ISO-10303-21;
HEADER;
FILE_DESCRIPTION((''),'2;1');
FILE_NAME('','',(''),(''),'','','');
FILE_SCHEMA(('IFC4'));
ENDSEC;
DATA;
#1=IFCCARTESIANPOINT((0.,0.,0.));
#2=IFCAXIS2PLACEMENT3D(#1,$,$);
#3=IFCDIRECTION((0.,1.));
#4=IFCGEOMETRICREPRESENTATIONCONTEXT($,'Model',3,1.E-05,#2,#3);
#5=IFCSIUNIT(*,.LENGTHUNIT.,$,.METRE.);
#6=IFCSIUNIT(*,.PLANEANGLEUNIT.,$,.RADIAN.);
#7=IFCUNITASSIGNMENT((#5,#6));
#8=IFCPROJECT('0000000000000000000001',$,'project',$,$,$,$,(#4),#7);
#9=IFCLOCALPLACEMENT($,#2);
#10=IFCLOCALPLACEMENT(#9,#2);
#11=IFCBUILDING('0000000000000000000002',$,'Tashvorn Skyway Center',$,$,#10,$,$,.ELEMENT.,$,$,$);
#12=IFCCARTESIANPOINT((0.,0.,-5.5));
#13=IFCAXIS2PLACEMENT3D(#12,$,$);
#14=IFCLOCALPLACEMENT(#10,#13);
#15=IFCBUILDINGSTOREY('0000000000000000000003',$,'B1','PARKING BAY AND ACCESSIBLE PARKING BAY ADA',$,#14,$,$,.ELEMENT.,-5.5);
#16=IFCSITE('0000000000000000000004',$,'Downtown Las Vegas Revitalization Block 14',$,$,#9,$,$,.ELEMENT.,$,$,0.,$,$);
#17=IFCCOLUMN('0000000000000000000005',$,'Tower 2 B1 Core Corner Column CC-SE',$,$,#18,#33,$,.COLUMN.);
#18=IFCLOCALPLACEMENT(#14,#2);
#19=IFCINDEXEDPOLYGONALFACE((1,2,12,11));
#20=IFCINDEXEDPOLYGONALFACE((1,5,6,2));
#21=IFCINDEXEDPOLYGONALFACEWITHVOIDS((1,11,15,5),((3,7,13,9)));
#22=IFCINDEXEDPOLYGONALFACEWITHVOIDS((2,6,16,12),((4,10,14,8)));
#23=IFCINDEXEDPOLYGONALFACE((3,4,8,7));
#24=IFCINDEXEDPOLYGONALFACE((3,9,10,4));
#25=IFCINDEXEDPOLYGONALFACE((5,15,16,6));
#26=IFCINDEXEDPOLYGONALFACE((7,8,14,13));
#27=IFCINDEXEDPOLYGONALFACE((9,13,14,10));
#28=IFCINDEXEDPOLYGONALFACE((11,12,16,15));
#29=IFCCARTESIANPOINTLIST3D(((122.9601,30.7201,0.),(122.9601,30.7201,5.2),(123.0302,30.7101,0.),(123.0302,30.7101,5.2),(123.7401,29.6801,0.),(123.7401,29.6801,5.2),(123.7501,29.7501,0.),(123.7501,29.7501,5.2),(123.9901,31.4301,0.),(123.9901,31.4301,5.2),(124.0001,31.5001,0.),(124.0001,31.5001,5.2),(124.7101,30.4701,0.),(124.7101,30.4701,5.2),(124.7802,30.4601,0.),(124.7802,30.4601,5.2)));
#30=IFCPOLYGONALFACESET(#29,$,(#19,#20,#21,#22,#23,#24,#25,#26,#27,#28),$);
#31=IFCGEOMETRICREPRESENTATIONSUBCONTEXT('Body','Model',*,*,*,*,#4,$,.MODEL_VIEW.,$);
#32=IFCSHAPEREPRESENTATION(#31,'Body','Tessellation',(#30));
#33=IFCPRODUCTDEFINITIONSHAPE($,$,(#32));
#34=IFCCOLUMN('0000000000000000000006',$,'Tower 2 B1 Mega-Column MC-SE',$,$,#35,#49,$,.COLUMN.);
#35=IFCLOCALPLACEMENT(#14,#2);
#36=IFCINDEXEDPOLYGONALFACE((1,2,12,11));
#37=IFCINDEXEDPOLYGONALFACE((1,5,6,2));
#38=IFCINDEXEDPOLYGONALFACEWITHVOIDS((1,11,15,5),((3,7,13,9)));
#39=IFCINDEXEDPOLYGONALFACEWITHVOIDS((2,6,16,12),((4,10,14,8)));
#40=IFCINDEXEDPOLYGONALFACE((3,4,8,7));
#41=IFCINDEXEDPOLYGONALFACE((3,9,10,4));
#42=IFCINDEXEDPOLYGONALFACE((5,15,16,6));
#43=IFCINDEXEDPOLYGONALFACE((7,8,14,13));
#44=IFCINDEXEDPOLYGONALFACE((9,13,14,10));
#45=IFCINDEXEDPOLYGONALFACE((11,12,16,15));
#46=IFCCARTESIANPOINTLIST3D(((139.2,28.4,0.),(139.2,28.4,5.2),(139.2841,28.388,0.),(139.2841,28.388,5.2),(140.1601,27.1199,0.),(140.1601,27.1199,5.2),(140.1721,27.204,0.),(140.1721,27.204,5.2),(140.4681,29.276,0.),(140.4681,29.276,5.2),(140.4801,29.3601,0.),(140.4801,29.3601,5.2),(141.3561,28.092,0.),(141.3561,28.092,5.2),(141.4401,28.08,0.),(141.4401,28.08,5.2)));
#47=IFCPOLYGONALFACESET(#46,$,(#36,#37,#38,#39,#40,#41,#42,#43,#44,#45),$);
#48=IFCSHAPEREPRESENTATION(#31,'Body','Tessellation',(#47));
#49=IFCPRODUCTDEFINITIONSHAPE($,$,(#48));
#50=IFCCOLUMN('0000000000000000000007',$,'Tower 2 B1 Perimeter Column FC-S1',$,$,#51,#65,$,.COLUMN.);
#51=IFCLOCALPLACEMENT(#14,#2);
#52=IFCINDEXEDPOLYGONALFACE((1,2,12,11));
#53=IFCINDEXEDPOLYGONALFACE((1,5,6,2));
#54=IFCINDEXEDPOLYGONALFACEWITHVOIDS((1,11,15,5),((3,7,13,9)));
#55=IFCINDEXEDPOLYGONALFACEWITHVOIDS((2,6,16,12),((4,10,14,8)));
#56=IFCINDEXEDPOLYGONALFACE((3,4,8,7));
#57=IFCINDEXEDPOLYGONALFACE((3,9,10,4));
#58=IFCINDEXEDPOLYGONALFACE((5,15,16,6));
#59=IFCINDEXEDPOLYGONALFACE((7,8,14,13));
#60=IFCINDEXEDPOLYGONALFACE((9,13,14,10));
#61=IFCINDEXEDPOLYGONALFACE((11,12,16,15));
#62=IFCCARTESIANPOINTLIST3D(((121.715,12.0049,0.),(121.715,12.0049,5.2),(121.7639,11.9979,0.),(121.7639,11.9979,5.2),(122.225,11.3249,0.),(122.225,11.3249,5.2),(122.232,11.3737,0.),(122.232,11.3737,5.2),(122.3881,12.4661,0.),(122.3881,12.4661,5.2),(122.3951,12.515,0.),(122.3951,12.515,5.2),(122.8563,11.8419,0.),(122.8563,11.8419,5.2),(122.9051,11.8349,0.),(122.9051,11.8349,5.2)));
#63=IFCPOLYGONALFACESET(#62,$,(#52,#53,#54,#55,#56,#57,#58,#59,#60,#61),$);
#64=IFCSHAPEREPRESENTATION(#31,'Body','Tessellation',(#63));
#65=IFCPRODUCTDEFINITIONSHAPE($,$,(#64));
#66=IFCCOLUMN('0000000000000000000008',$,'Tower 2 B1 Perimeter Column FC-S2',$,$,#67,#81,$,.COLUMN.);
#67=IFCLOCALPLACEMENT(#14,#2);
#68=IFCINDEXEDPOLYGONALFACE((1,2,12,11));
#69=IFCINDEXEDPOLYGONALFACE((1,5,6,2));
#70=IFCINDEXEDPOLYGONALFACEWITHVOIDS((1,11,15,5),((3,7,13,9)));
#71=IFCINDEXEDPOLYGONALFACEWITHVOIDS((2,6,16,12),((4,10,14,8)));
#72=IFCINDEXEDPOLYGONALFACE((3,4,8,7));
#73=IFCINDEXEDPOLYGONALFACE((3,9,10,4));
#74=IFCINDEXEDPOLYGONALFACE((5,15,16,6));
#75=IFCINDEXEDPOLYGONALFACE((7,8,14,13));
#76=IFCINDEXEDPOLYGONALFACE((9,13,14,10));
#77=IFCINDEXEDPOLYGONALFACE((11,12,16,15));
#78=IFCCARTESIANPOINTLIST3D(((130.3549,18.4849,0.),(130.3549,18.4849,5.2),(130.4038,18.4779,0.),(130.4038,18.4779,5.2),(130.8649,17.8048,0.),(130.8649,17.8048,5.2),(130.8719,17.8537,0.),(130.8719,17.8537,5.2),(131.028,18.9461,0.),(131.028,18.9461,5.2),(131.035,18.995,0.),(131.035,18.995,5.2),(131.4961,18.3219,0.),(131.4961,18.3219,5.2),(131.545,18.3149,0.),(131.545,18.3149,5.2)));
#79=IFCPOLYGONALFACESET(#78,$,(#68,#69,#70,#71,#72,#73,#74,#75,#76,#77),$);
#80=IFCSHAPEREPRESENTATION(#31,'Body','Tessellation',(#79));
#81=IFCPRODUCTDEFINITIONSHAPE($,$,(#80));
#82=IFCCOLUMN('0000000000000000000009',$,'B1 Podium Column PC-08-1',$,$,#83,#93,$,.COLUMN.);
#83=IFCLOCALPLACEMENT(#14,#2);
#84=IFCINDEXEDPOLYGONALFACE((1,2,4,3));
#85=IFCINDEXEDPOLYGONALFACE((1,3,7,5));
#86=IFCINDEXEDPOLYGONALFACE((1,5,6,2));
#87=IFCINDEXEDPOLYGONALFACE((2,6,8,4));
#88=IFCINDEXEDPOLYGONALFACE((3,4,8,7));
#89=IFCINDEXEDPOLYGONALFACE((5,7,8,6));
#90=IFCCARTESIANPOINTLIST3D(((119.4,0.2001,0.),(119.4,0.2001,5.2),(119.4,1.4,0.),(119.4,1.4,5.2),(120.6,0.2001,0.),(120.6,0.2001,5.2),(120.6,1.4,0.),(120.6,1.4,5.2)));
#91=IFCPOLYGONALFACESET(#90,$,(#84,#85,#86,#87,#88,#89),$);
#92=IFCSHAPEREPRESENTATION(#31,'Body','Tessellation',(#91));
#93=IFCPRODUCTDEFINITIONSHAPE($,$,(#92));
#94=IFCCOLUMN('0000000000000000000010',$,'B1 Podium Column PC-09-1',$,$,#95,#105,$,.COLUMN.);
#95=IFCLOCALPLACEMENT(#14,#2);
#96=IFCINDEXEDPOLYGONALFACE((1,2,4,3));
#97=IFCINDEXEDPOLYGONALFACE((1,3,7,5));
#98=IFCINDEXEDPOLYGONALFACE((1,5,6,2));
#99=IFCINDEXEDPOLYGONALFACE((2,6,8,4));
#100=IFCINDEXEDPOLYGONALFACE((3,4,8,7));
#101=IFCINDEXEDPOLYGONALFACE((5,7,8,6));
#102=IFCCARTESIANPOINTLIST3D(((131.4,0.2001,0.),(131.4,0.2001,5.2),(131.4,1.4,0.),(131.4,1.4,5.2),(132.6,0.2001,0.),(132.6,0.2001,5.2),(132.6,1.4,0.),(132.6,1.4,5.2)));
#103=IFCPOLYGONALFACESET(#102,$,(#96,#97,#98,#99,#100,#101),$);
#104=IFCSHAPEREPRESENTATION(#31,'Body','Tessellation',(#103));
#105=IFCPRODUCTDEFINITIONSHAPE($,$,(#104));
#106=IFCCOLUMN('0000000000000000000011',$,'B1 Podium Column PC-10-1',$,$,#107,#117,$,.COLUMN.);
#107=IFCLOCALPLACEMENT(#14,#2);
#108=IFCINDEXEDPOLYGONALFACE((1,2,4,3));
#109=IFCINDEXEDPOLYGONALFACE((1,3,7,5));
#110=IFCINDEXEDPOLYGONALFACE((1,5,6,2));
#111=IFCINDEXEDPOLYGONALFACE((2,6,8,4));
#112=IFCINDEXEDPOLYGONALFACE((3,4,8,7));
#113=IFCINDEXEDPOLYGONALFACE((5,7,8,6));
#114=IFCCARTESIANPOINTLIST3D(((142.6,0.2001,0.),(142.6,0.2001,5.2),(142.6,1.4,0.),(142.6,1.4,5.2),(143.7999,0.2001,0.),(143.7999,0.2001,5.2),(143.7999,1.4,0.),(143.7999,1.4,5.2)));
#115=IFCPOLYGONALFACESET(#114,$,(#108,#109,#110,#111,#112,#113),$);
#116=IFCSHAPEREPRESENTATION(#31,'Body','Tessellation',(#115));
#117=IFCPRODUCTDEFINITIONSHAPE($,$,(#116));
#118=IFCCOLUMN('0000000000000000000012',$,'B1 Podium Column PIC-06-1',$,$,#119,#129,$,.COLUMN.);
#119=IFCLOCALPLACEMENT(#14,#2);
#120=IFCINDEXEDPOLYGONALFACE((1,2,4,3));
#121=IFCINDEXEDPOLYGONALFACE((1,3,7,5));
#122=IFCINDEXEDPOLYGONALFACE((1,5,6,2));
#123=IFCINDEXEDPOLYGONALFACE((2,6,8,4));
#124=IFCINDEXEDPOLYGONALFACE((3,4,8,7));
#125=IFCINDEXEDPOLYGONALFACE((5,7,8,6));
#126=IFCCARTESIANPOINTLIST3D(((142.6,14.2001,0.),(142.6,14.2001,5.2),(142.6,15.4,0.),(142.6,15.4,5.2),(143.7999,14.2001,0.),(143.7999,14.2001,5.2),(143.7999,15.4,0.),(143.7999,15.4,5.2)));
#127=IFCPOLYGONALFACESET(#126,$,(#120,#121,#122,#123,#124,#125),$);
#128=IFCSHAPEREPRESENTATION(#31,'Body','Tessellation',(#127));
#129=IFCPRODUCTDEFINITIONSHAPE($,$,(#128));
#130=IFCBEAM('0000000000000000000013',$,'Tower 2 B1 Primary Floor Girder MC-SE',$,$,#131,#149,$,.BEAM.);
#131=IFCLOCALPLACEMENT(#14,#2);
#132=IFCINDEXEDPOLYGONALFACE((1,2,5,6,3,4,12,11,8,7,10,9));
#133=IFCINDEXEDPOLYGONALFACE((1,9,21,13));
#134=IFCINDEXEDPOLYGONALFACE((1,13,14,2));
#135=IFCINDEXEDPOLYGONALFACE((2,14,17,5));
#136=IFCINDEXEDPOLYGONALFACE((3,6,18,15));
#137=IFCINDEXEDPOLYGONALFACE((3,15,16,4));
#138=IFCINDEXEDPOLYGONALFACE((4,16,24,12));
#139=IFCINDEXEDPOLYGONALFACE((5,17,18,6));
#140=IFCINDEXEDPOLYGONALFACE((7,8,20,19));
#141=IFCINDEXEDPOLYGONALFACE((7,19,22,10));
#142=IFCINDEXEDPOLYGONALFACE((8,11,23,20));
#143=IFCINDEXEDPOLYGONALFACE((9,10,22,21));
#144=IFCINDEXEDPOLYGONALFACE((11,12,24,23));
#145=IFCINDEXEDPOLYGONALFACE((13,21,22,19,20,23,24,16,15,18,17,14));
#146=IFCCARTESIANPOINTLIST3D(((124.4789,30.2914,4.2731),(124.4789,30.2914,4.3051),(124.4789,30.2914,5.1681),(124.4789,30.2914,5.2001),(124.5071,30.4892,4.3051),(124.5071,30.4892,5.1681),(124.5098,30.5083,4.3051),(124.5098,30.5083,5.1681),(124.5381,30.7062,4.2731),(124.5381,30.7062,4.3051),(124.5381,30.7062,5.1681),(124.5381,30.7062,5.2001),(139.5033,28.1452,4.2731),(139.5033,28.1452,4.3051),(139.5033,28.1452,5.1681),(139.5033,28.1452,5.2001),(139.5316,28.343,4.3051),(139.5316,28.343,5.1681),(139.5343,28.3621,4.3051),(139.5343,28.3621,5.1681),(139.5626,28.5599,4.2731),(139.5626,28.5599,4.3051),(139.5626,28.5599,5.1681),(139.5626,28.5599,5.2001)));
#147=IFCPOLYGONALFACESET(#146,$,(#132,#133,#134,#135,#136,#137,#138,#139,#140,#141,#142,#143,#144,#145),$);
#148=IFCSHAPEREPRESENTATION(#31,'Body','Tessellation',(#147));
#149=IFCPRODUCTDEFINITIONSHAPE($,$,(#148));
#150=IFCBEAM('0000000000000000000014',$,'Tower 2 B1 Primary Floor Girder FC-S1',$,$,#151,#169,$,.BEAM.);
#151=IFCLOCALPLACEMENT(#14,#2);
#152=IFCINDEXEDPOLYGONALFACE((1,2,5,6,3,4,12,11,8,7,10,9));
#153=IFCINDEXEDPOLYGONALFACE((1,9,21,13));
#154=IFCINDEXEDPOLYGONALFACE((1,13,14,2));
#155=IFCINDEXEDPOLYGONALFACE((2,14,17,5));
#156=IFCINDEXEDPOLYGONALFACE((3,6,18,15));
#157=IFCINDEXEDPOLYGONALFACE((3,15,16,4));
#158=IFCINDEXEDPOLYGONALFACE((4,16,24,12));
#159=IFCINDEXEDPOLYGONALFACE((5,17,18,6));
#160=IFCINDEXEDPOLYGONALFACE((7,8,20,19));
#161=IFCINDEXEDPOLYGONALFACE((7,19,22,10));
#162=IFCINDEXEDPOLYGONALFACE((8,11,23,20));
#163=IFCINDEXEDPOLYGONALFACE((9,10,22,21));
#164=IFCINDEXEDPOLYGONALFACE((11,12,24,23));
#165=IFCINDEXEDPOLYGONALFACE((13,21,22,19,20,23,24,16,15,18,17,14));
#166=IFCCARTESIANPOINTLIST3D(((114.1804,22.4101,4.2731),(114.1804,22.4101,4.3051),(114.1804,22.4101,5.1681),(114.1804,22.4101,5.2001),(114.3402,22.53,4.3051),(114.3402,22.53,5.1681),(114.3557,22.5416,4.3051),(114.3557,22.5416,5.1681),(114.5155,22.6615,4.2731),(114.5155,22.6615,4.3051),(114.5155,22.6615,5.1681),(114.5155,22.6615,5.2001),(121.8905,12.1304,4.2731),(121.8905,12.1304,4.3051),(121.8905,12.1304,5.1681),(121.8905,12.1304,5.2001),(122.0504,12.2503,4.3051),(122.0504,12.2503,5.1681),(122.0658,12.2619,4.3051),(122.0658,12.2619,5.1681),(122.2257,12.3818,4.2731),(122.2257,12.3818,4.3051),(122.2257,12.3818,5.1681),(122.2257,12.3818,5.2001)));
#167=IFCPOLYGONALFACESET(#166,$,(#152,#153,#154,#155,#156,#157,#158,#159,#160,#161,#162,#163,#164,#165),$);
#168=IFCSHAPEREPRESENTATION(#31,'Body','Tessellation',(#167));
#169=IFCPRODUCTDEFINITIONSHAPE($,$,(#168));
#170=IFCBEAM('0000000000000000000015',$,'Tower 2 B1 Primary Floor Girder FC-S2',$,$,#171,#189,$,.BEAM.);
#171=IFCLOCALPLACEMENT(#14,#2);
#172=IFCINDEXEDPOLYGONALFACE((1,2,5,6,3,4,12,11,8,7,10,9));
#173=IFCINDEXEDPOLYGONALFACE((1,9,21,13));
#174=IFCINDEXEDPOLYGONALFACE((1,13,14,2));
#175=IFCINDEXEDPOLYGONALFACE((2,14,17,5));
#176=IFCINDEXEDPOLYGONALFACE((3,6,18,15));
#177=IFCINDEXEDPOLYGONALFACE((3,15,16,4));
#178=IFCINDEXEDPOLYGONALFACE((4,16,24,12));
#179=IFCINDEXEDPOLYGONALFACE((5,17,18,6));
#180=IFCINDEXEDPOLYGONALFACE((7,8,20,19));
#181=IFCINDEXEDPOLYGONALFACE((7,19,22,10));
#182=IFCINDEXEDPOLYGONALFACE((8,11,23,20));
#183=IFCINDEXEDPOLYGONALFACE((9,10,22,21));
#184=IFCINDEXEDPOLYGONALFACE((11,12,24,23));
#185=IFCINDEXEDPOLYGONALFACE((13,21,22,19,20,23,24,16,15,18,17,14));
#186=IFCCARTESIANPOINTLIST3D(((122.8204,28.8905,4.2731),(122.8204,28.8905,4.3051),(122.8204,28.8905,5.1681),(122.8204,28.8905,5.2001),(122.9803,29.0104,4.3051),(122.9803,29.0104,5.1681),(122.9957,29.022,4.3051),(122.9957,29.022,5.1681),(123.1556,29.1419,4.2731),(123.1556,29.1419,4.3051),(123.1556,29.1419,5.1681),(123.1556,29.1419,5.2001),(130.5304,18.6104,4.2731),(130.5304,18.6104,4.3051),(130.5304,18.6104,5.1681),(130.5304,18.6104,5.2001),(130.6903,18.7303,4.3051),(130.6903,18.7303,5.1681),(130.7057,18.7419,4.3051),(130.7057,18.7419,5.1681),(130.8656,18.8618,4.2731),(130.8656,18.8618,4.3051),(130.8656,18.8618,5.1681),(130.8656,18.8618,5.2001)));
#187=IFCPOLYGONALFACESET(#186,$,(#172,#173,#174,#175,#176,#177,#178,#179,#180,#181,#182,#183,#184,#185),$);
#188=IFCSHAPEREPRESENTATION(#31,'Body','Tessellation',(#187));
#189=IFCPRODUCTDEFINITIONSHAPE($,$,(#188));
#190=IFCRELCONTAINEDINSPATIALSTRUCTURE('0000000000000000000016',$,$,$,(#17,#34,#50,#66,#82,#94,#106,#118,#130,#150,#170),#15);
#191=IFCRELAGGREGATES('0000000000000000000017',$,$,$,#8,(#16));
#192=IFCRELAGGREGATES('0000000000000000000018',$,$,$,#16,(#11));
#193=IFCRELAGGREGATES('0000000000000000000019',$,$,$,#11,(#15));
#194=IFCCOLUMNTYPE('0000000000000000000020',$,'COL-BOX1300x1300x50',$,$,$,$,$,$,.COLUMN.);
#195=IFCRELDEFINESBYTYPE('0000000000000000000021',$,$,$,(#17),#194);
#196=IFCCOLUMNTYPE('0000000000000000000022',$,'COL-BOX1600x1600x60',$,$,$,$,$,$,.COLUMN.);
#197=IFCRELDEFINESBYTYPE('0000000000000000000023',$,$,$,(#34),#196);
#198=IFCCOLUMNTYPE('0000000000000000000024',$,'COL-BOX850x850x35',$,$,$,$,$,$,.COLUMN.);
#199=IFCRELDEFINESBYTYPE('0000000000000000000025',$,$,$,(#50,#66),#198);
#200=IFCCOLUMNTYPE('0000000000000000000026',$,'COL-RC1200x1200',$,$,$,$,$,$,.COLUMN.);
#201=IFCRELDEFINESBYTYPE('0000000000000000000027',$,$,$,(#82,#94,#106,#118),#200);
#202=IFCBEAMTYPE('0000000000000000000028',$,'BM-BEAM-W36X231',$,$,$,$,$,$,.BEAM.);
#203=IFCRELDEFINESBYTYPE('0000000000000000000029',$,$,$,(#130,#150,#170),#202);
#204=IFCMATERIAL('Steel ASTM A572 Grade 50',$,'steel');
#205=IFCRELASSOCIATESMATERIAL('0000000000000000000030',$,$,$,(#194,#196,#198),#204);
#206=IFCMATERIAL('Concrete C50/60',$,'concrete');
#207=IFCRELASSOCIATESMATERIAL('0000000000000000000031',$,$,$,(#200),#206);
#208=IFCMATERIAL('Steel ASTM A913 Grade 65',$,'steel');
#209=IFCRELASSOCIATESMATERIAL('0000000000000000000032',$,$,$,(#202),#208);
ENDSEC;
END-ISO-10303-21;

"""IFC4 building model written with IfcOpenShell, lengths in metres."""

from ifc_helpers import new_model, si_unit, direction, frame, origin, origin_2d, place, context, subcontext, project, spatial, rectangle, hollow_rectangle, i_section, extrude, material, material_profile, profile_set, type_object, element, save


model = new_model("IFC4")

# Units and contexts
model_context = context("Model", 3, precision=1e-05, world=origin(), true_north=direction((0.0, 1.0)))
body_context = subcontext(model_context, "Body", "Model", "MODEL_VIEW")
ifc_project = project(units=[si_unit("LENGTHUNIT", "METRE"), si_unit("PLANEANGLEUNIT", "RADIAN")], contexts=[model_context])

# Site, building, storey
site_placement = place(None, origin())
site = spatial("IfcSite", under=ifc_project, at=site_placement, Name="Downtown Las Vegas Revitalization Block 14", CompositionType="ELEMENT", RefElevation=0.0)
building_placement = place(site_placement, origin())
building = spatial("IfcBuilding", under=site, at=building_placement, Name="Tashvorn Skyway Center", CompositionType="ELEMENT")
storey_placement = place(building_placement, frame((0.0, 0.0, -5.5)))
storey = spatial("IfcBuildingStorey", under=building, at=storey_placement, Name="B1", Description="PARKING BAY AND ACCESSIBLE PARKING BAY ADA", CompositionType="ELEMENT", Elevation=-5.5)

# Columns
ifc_material_1 = material(Name="Steel ASTM A572 Grade 50", Category="steel")
ifc_material_profile_1 = material_profile(ifc_material_1, hollow_rectangle(XDim=1.3, YDim=1.3, WallThickness=0.05, at=origin_2d()), Name="BOX1300x1300x50")
ifc_profile_set_1 = profile_set([ifc_material_profile_1], Name="Steel ASTM A572 Grade 50")
column_type_1 = type_object("IfcColumnType", Name="COL-BOX1300x1300x50", PredefinedType="COLUMN", material=ifc_profile_set_1)
column_1_placement = place(storey_placement, frame((123.8701, 30.5901, 0.0), z_axis=(0.0, 0.0, 1.0), x_axis=(0.8, 0.6, 0.0)))
element("IfcColumn", 1, at=column_1_placement, inside=storey, type_object=column_type_1, Name="Tower 2 B1 Core Corner Column CC-SE", PredefinedType="COLUMN", context=body_context, shape_type="SweptSolid", body=[
    extrude(hollow_rectangle(XDim=1.3, YDim=1.3, WallThickness=0.05, at=origin_2d()), origin(), (0.0, 0.0, 1.0), 5.2),
])
ifc_material_profile_2 = material_profile(ifc_material_1, hollow_rectangle(XDim=1.6001, YDim=1.6001, WallThickness=0.0601, at=origin_2d()), Name="BOX1600x1600x60")
ifc_profile_set_2 = profile_set([ifc_material_profile_2], Name="Steel ASTM A572 Grade 50")
column_type_2 = type_object("IfcColumnType", Name="COL-BOX1600x1600x60", PredefinedType="COLUMN", material=ifc_profile_set_2)
column_2_placement = place(storey_placement, frame((140.3201, 28.24, 0.0), z_axis=(0.0, 0.0, 1.0), x_axis=(0.8, 0.6, 0.0)))
element("IfcColumn", 2, at=column_2_placement, inside=storey, type_object=column_type_2, Name="Tower 2 B1 Mega-Column MC-SE", PredefinedType="COLUMN", context=body_context, shape_type="SweptSolid", body=[
    extrude(hollow_rectangle(XDim=1.6001, YDim=1.6001, WallThickness=0.0601, at=origin_2d()), origin(), (0.0, 0.0, 1.0), 5.2),
])
ifc_material_profile_3 = material_profile(ifc_material_1, hollow_rectangle(XDim=0.8501, YDim=0.8501, WallThickness=0.0349, at=origin_2d()), Name="BOX850x850x35")
ifc_profile_set_3 = profile_set([ifc_material_profile_3], Name="Steel ASTM A572 Grade 50")
column_type_3 = type_object("IfcColumnType", Name="COL-BOX850x850x35", PredefinedType="COLUMN", material=ifc_profile_set_3)
for number, where, z_axis, x_axis, name in (
    (3, (122.3101, 11.9199, 0.0), (0.0, 0.0, 1.0), (0.8, 0.6, 0.0), "Tower 2 B1 Perimeter Column FC-S1"),
    (4, (130.95, 18.3999, 0.0), (0.0, 0.0, 1.0), (0.8, 0.6, 0.0), "Tower 2 B1 Perimeter Column FC-S2"),
):
    element("IfcColumn", number, at=place(storey_placement, frame(where, z_axis=z_axis, x_axis=x_axis)), inside=storey, type_object=column_type_3, Name=name, PredefinedType="COLUMN", context=body_context, shape_type="SweptSolid", body=[
        extrude(hollow_rectangle(XDim=0.8501, YDim=0.8501, WallThickness=0.0349, at=origin_2d()), origin(), (0.0, 0.0, 1.0), 5.2),
    ])
ifc_material_2 = material(Name="Concrete C50/60", Category="concrete")
ifc_material_profile_4 = material_profile(ifc_material_2, rectangle(XDim=1.2, YDim=1.2, at=origin_2d()), Name="RC1200x1200")
ifc_profile_set_4 = profile_set([ifc_material_profile_4], Name="Concrete C50/60")
column_type_4 = type_object("IfcColumnType", Name="COL-RC1200x1200", PredefinedType="COLUMN", material=ifc_profile_set_4)
for number, where, z_axis, x_axis, name in (
    (5, (120.0, 0.8, 0.0), (0.0, 0.0, 1.0), (1.0, 0.0, 0.0), "B1 Podium Column PC-08-1"),
    (6, (132.0, 0.8, 0.0), (0.0, 0.0, 1.0), (1.0, 0.0, 0.0), "B1 Podium Column PC-09-1"),
    (7, (143.2, 0.8, 0.0), (0.0, 0.0, 1.0), (1.0, 0.0, 0.0), "B1 Podium Column PC-10-1"),
    (8, (143.2, 14.8, 0.0), (0.0, 0.0, 1.0), (1.0, 0.0, 0.0), "B1 Podium Column PIC-06-1"),
):
    element("IfcColumn", number, at=place(storey_placement, frame(where, z_axis=z_axis, x_axis=x_axis)), inside=storey, type_object=column_type_4, Name=name, PredefinedType="COLUMN", context=body_context, shape_type="SweptSolid", body=[
        extrude(rectangle(XDim=1.2, YDim=1.2, at=origin_2d()), origin(), (0.0, 0.0, 1.0), 5.2),
    ])

# Beams
ifc_material_3 = material(Name="Steel ASTM A913 Grade 65", Category="steel")
ifc_material_profile_5 = material_profile(ifc_material_3, i_section(OverallWidth=0.4189, OverallDepth=0.927, WebThickness=0.0193, FlangeThickness=0.032, at=origin_2d()), Name="W36X231")
ifc_profile_set_5 = profile_set([ifc_material_profile_5], Name="Steel ASTM A913 Grade 65")
beam_type_1 = type_object("IfcBeamType", Name="BM-BEAM-W36X231", PredefinedType="BEAM", material=ifc_profile_set_5)
beam_1_placement = place(storey_placement, frame((139.533, 28.3525, 4.7366), z_axis=(-0.98995, 0.141415, 0.0), x_axis=(-0.141415, -0.98995, 0.0)))
element("IfcBeam", 9, at=beam_1_placement, inside=storey, type_object=beam_type_1, Name="Tower 2 B1 Primary Floor Girder MC-SE", PredefinedType="BEAM", context=body_context, shape_type="SweptSolid", body=[
    extrude(i_section(OverallWidth=0.4189, OverallDepth=0.927, WebThickness=0.0193, FlangeThickness=0.032, at=origin_2d()), origin(), (0.0, 0.0, 1.0), 15.177),
])
beam_2_placement = place(storey_placement, frame((122.0581, 12.2561, 4.7366), z_axis=(-0.600018, 0.799986, 0.0), x_axis=(-0.799986, -0.600018, 0.0)))
element("IfcBeam", 10, at=beam_2_placement, inside=storey, type_object=beam_type_1, Name="Tower 2 B1 Primary Floor Girder FC-S1", PredefinedType="BEAM", context=body_context, shape_type="SweptSolid", body=[
    extrude(i_section(OverallWidth=0.4189, OverallDepth=0.927, WebThickness=0.0193, FlangeThickness=0.032, at=origin_2d()), origin(), (0.0, 0.0, 1.0), 12.8499),
])
beam_3_placement = place(storey_placement, frame((130.698, 18.7361, 4.7366), z_axis=(-0.599997, 0.800002, 0.0), x_axis=(-0.800002, -0.599997, 0.0)))
element("IfcBeam", 11, at=beam_3_placement, inside=storey, type_object=beam_type_1, Name="Tower 2 B1 Primary Floor Girder FC-S2", PredefinedType="BEAM", context=body_context, shape_type="SweptSolid", body=[
    extrude(i_section(OverallWidth=0.4189, OverallDepth=0.927, WebThickness=0.0193, FlangeThickness=0.032, at=origin_2d()), origin(), (0.0, 0.0, 1.0), 12.8501),
])

save(model, "model.ifc")
